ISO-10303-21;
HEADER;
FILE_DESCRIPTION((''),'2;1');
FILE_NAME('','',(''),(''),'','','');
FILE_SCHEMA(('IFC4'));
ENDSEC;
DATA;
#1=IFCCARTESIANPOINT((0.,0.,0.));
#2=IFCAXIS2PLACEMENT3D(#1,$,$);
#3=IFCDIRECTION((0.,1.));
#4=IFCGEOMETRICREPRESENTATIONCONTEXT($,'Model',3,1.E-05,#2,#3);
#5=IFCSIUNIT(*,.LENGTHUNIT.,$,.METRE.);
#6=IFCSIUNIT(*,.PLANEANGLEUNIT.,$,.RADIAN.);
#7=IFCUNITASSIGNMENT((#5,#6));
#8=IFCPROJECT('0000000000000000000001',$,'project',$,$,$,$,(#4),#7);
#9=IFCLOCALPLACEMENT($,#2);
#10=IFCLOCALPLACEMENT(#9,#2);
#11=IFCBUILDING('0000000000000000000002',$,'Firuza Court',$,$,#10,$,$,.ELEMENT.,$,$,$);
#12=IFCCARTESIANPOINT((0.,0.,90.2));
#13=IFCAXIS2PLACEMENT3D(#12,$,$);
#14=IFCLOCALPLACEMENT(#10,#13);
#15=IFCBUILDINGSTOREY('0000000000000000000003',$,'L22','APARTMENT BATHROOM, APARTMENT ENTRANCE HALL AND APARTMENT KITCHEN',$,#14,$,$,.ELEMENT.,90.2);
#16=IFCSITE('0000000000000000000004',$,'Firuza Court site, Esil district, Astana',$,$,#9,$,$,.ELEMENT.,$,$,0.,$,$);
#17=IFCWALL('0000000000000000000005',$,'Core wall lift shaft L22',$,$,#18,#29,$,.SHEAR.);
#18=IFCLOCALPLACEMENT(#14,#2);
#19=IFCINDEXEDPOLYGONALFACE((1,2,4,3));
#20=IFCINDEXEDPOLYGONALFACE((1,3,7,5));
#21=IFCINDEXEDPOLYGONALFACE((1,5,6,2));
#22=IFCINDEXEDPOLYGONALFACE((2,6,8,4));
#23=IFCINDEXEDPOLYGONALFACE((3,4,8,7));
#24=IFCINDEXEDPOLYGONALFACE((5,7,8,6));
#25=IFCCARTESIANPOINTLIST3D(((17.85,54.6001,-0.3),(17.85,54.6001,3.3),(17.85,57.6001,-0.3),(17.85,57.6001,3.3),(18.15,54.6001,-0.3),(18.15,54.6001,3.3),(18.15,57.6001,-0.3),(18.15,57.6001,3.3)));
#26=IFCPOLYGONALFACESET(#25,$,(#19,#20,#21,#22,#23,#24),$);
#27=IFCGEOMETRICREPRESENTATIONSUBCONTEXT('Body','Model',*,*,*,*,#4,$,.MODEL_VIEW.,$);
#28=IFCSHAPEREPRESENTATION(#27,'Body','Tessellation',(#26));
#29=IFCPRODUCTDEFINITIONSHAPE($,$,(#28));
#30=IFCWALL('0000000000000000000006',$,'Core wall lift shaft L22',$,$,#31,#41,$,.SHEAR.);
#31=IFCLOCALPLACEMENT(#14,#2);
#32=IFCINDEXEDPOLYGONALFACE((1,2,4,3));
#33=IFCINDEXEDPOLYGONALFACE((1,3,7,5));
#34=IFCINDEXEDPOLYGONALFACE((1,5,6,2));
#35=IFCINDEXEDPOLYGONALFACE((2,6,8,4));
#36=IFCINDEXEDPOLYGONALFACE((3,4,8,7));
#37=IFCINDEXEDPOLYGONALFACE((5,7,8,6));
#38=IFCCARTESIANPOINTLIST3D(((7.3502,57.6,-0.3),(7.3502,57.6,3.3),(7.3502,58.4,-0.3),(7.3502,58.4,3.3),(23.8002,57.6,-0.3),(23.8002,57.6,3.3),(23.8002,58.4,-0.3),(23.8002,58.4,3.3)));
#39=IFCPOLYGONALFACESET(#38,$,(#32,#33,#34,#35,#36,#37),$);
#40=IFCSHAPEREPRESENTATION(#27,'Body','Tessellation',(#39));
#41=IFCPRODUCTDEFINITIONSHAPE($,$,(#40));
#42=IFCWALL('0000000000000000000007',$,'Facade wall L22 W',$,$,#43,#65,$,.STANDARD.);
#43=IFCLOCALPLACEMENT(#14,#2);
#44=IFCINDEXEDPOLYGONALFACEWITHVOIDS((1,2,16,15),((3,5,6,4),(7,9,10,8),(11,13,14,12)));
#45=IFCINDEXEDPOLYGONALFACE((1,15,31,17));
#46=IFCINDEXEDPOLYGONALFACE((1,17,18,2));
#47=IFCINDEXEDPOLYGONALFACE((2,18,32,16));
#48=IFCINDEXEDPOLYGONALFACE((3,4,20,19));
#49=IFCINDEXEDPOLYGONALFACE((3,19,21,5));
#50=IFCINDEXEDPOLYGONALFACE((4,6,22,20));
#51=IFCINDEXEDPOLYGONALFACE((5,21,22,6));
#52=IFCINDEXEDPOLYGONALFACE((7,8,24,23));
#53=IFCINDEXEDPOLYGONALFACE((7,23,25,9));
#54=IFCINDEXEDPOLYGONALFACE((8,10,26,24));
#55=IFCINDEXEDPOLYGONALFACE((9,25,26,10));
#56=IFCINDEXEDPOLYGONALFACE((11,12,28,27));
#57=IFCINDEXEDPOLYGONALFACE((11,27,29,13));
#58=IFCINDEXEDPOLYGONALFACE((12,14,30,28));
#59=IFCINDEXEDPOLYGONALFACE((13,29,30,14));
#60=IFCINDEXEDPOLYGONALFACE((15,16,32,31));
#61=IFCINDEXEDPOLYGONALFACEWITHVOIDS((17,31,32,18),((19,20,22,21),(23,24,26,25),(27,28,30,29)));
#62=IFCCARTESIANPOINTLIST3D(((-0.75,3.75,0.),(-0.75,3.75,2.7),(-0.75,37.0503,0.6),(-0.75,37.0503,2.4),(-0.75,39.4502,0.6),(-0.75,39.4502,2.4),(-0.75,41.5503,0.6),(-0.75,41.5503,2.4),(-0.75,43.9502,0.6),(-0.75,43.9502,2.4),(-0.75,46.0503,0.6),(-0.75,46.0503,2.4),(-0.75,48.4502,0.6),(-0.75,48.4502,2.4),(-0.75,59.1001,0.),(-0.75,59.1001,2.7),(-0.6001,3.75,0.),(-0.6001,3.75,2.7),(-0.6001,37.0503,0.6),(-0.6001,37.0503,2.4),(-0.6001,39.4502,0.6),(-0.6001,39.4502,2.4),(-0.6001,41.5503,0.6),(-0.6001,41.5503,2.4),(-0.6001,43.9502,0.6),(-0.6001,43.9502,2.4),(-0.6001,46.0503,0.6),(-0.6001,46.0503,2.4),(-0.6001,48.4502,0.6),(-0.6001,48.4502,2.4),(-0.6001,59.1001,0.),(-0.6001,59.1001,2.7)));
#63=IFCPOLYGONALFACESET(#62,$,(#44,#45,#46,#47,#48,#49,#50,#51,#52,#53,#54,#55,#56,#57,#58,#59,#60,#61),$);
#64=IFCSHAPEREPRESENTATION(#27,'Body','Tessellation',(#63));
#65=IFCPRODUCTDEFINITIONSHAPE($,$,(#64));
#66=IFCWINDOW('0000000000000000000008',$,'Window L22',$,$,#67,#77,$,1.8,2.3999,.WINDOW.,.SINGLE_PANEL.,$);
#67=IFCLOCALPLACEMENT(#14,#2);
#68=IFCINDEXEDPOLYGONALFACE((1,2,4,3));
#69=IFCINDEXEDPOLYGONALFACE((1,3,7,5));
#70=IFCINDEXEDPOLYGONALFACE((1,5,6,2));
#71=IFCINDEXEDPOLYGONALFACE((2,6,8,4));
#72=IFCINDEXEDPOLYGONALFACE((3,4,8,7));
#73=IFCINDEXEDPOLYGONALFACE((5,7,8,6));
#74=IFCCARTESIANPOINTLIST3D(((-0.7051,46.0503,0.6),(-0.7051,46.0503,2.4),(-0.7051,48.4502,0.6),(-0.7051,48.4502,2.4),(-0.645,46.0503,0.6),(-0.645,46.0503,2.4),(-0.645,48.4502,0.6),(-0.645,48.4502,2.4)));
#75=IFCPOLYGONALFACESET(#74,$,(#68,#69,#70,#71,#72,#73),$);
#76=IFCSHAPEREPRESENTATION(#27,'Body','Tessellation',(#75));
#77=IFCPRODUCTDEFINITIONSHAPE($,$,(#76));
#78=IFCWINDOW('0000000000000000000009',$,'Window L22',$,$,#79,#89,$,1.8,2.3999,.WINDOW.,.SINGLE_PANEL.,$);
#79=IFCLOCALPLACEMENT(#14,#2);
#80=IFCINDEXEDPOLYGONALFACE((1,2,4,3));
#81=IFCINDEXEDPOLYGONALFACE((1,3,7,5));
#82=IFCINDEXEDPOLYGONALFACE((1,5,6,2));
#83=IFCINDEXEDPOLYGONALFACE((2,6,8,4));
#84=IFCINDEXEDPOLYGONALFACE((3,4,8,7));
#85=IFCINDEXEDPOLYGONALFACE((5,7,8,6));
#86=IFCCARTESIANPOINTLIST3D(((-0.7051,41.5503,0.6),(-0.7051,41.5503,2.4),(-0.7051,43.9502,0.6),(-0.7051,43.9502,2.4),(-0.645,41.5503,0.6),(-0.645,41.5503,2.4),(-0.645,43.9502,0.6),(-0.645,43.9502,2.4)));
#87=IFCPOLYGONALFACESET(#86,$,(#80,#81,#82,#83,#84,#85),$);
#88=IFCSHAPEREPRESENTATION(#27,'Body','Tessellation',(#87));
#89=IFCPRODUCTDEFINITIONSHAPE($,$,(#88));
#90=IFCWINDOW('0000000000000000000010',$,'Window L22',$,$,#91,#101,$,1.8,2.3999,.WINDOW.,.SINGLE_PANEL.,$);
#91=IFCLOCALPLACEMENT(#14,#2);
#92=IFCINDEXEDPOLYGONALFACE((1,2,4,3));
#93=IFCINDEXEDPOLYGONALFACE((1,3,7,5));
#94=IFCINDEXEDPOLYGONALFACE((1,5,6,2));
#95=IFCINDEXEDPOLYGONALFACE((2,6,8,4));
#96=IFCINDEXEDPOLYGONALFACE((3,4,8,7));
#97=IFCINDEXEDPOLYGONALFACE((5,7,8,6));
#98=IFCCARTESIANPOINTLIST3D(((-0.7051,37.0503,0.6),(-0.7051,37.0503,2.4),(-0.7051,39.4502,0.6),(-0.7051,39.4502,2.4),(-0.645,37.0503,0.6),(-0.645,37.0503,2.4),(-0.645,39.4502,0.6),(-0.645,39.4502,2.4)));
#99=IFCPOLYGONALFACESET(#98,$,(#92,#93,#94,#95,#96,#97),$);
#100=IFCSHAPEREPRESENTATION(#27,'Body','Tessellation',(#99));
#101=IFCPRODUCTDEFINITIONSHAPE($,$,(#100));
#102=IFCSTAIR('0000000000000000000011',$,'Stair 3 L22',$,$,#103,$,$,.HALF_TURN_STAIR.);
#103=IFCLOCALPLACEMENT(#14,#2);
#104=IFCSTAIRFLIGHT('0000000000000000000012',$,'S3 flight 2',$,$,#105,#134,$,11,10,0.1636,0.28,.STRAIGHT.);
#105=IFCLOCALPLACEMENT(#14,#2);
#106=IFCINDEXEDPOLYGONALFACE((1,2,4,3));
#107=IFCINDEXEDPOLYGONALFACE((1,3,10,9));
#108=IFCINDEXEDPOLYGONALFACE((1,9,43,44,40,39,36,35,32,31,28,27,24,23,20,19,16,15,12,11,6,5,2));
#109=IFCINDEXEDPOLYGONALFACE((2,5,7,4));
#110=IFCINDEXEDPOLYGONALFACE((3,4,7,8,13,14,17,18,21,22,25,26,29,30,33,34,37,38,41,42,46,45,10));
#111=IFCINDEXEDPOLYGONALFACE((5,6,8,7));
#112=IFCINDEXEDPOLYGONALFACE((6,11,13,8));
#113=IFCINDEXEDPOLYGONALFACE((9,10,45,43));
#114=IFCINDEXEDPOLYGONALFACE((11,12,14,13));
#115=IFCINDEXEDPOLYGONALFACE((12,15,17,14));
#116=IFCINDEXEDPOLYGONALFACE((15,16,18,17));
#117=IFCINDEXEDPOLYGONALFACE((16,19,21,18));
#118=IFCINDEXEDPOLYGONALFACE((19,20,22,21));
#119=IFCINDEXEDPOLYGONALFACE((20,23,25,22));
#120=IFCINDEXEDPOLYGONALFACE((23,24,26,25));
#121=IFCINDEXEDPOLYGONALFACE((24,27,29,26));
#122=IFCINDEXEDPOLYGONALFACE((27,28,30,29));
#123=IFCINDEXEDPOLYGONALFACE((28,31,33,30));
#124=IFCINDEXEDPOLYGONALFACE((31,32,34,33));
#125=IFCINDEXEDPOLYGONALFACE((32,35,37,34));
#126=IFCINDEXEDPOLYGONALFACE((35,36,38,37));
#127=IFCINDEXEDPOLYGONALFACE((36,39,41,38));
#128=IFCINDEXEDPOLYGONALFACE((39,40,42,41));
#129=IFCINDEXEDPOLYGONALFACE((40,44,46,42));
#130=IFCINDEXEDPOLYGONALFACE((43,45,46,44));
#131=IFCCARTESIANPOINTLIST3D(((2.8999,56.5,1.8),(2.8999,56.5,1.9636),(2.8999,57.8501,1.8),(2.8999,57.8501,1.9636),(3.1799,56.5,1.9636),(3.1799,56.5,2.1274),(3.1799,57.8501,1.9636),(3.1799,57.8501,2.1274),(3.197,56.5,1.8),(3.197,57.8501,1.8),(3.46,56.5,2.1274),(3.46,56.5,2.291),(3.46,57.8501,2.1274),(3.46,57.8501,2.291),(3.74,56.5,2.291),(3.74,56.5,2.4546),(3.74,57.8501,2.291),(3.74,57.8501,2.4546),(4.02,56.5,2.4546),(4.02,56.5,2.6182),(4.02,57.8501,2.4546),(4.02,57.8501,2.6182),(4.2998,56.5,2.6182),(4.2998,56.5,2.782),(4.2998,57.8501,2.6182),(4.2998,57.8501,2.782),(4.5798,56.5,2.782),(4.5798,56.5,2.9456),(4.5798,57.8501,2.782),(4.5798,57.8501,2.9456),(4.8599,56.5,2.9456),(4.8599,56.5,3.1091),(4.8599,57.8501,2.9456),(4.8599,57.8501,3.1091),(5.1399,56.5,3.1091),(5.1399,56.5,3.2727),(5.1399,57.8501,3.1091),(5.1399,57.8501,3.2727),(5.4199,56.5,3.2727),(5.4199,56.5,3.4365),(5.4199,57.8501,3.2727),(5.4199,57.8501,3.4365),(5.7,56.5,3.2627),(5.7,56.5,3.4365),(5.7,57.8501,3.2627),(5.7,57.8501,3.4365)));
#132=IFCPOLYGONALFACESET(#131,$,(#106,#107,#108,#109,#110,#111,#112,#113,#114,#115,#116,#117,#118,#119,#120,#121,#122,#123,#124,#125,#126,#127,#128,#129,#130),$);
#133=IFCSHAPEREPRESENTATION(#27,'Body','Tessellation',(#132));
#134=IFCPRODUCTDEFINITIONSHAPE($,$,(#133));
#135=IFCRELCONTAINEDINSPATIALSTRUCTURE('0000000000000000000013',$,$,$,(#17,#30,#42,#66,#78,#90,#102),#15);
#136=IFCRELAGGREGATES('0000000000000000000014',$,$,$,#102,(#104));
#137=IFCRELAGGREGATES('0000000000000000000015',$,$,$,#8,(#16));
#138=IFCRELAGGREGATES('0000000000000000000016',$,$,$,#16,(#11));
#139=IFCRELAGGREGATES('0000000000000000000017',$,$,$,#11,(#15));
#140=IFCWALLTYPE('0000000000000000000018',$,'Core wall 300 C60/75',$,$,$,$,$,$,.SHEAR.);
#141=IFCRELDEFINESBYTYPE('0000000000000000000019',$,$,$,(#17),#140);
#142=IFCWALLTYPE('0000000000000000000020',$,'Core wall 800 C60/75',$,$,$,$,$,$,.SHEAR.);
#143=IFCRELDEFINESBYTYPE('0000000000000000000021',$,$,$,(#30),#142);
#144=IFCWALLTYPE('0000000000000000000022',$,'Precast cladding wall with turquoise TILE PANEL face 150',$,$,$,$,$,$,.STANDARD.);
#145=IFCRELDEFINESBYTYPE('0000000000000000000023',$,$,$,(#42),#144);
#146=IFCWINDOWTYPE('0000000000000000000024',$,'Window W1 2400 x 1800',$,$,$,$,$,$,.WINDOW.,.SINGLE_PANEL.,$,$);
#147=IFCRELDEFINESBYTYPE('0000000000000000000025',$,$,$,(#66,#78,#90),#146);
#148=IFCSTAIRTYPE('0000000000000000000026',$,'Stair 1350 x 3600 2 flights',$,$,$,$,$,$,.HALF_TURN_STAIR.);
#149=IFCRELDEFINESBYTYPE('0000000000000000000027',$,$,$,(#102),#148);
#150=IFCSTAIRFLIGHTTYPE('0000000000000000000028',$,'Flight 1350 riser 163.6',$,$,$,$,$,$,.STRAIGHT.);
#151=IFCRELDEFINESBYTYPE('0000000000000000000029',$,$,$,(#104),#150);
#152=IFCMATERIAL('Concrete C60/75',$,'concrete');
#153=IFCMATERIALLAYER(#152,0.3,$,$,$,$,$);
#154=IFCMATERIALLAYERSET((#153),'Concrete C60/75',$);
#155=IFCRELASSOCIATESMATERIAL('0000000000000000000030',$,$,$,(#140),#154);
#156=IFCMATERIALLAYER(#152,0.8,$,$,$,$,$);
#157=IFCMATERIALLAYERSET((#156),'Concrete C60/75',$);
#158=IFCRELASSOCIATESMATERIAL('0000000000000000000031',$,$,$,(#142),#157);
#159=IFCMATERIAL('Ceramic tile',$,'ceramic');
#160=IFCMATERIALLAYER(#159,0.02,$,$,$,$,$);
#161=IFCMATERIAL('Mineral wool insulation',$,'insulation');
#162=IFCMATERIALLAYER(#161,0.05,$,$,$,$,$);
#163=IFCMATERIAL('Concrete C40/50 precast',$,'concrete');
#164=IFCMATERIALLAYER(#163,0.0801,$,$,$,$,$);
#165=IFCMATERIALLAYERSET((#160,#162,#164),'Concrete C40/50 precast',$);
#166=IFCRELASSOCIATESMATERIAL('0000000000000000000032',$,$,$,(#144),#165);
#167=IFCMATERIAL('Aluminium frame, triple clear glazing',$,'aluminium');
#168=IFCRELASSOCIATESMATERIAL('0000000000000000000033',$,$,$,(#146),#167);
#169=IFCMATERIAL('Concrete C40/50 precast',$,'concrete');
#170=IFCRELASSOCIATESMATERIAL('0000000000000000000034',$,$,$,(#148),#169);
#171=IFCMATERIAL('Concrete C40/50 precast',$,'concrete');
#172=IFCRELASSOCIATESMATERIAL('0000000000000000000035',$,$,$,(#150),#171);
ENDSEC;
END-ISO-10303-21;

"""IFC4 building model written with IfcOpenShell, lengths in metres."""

from ifc_helpers import new_model, si_unit, direction, frame, frame_2d, origin, place, context, subcontext, project, spatial, polyline, rectangle, outline, extrude, material, layer, layer_set, type_object, element, fill, aggregate, save


model = new_model("IFC4")

# Units and contexts
model_context = context("Model", 3, precision=1e-05, world=origin(), true_north=direction((0.0, 1.0)))
body_context = subcontext(model_context, "Body", "Model", "MODEL_VIEW")
ifc_project = project(units=[si_unit("LENGTHUNIT", "METRE"), si_unit("PLANEANGLEUNIT", "RADIAN")], contexts=[model_context])

# Site, building, storey
site_placement = place(None, origin())
site = spatial("IfcSite", under=ifc_project, at=site_placement, Name="Firuza Court site, Esil district, Astana", CompositionType="ELEMENT", RefElevation=0.0)
building_placement = place(site_placement, origin())
building = spatial("IfcBuilding", under=site, at=building_placement, Name="Firuza Court", CompositionType="ELEMENT")
storey_placement = place(building_placement, frame((0.0, 0.0, 90.2)))
storey = spatial("IfcBuildingStorey", under=building, at=storey_placement, Name="L22", Description="APARTMENT BATHROOM, APARTMENT ENTRANCE HALL AND APARTMENT KITCHEN", CompositionType="ELEMENT", Elevation=90.2)

# Walls
ifc_material_1 = material(Name="Concrete C60/75", Category="concrete")
ifc_layer_1 = layer(ifc_material_1, 0.3)
ifc_layer_set_1 = layer_set([ifc_layer_1], Name="Concrete C60/75")
wall_type_1 = type_object("IfcWallType", Name="Core wall 300 C60/75", PredefinedType="SHEAR", material=ifc_layer_set_1)
for number, where, z_axis, x_axis, name in (
    (1, (18.0, 54.6001, -0.3), (0.0, 0.0, 1.0), (0.0, 1.0, 0.0), "Core wall lift shaft L22"),
):
    element("IfcWall", number, at=place(storey_placement, frame(where, z_axis=z_axis, x_axis=x_axis)), inside=storey, type_object=wall_type_1, Name=name, PredefinedType="SHEAR", context=body_context, shape_type="SweptSolid", body=[
        extrude(rectangle(XDim=3.0, YDim=0.3, at=frame_2d((1.5, 0.0))), origin(), (0.0, 0.0, 1.0), 3.6001),
    ])
ifc_layer_2 = layer(ifc_material_1, 0.8)
ifc_layer_set_2 = layer_set([ifc_layer_2], Name="Concrete C60/75")
wall_type_2 = type_object("IfcWallType", Name="Core wall 800 C60/75", PredefinedType="SHEAR", material=ifc_layer_set_2)
wall_1_placement = place(storey_placement, frame((7.3501, 58.0, -0.3), z_axis=(0.0, 0.0, 1.0), x_axis=(1.0, 0.0, 0.0)))
element("IfcWall", 2, at=wall_1_placement, inside=storey, type_object=wall_type_2, Name="Core wall lift shaft L22", PredefinedType="SHEAR", context=body_context, shape_type="SweptSolid", body=[
    extrude(rectangle(XDim=16.45, YDim=0.8, at=frame_2d((8.2251, 0.0))), origin(), (0.0, 0.0, 1.0), 3.6001),
])

# Wall, openings, windows
ifc_material_2 = material(Name="Ceramic tile", Category="ceramic")
ifc_layer_3 = layer(ifc_material_2, 0.02)
ifc_material_3 = material(Name="Mineral wool insulation", Category="insulation")
ifc_layer_4 = layer(ifc_material_3, 0.05)
ifc_material_4 = material(Name="Concrete C40/50 precast", Category="concrete")
ifc_layer_5 = layer(ifc_material_4, 0.0801)
ifc_layer_set_3 = layer_set([ifc_layer_3, ifc_layer_4, ifc_layer_5], Name="Concrete C40/50 precast")
wall_type_3 = type_object("IfcWallType", Name="Precast cladding wall with turquoise TILE PANEL face 150", PredefinedType="STANDARD", material=ifc_layer_set_3)
wall_2_placement = place(storey_placement, frame((-0.675, 59.1001, 0.0), z_axis=(0.0, 0.0, 1.0), x_axis=(0.0, -1.0, 0.0)))
wall_2 = element("IfcWall", 3, at=wall_2_placement, inside=storey, type_object=wall_type_3, Name="Facade wall L22 W", PredefinedType="STANDARD", context=body_context, shape_type="SweptSolid", body=[
    extrude(rectangle(XDim=55.3501, YDim=0.1499, at=frame_2d((27.675, 0.0))), origin(), (0.0, 0.0, 1.0), 2.7),
])
opening_1_placement = place(wall_2_placement, frame((10.6499, 0.0, 0.6001)))
opening_1 = element("IfcOpeningElement", 4, at=opening_1_placement, cuts=wall_2, PredefinedType="OPENING", context=body_context, shape_type="SweptSolid", body=[
    extrude(rectangle(XDim=2.3999, YDim=1.8, at=frame_2d((1.2, 0.8999))), frame((0.0, 0.0869, 0.0), z_axis=(0.0, -1.0, 0.0), x_axis=(1.0, 0.0, 0.0)), (0.0, 0.0, 1.0), 0.1738),
])
opening_2_placement = place(wall_2_placement, frame((15.1499, 0.0, 0.6001)))
opening_2 = element("IfcOpeningElement", 5, at=opening_2_placement, cuts=wall_2, PredefinedType="OPENING", context=body_context, shape_type="SweptSolid", body=[
    extrude(rectangle(XDim=2.3999, YDim=1.8, at=frame_2d((1.2, 0.8999))), frame((0.0, 0.0869, 0.0), z_axis=(0.0, -1.0, 0.0), x_axis=(1.0, 0.0, 0.0)), (0.0, 0.0, 1.0), 0.1738),
])
opening_3_placement = place(wall_2_placement, frame((19.6499, 0.0, 0.6001)))
opening_3 = element("IfcOpeningElement", 6, at=opening_3_placement, cuts=wall_2, PredefinedType="OPENING", context=body_context, shape_type="SweptSolid", body=[
    extrude(rectangle(XDim=2.3999, YDim=1.8, at=frame_2d((1.2, 0.8999))), frame((0.0, 0.0869, 0.0), z_axis=(0.0, -1.0, 0.0), x_axis=(1.0, 0.0, 0.0)), (0.0, 0.0, 1.0), 0.1738),
])
ifc_material_5 = material(Name="Aluminium frame, triple clear glazing", Category="aluminium")
window_type = type_object("IfcWindowType", Name="Window W1 2400 x 1800", PartitioningType="SINGLE_PANEL", PredefinedType="WINDOW", material=ifc_material_5)
window_1_placement = place(opening_1_placement, origin())
window_1 = element("IfcWindow", 7, at=window_1_placement, inside=storey, type_object=window_type, Name="Window L22", OverallHeight=1.8, OverallWidth=2.3999, PartitioningType="SINGLE_PANEL", PredefinedType="WINDOW", context=body_context, shape_type="SweptSolid", body=[
    extrude(rectangle(XDim=2.3999, YDim=1.8, at=frame_2d((1.2, 0.8999))), frame((0.0, 0.03, 0.0), z_axis=(0.0, -1.0, 0.0), x_axis=(1.0, 0.0, 0.0)), (0.0, 0.0, 1.0), 0.0601),
])
fill(opening_1, window_1)
window_2_placement = place(opening_2_placement, origin())
window_2 = element("IfcWindow", 8, at=window_2_placement, inside=storey, type_object=window_type, Name="Window L22", OverallHeight=1.8, OverallWidth=2.3999, PartitioningType="SINGLE_PANEL", PredefinedType="WINDOW", context=body_context, shape_type="SweptSolid", body=[
    extrude(rectangle(XDim=2.3999, YDim=1.8, at=frame_2d((1.2, 0.8999))), frame((0.0, 0.03, 0.0), z_axis=(0.0, -1.0, 0.0), x_axis=(1.0, 0.0, 0.0)), (0.0, 0.0, 1.0), 0.0601),
])
fill(opening_2, window_2)
window_3_placement = place(opening_3_placement, origin())
window_3 = element("IfcWindow", 9, at=window_3_placement, inside=storey, type_object=window_type, Name="Window L22", OverallHeight=1.8, OverallWidth=2.3999, PartitioningType="SINGLE_PANEL", PredefinedType="WINDOW", context=body_context, shape_type="SweptSolid", body=[
    extrude(rectangle(XDim=2.3999, YDim=1.8, at=frame_2d((1.2, 0.8999))), frame((0.0, 0.03, 0.0), z_axis=(0.0, -1.0, 0.0), x_axis=(1.0, 0.0, 0.0)), (0.0, 0.0, 1.0), 0.0601),
])
fill(opening_3, window_3)

# Stair, stair flight
ifc_material_6 = material(Name="Concrete C40/50 precast", Category="concrete")
stair_type = type_object("IfcStairType", Name="Stair 1350 x 3600 2 flights", PredefinedType="HALF_TURN_STAIR", material=ifc_material_6)
stair_placement = place(storey_placement, origin())
stair = element("IfcStair", 10, at=stair_placement, inside=storey, type_object=stair_type, Name="Stair 3 L22", PredefinedType="HALF_TURN_STAIR")
ifc_material_7 = material(Name="Concrete C40/50 precast", Category="concrete")
stair_flight_type = type_object("IfcStairFlightType", Name="Flight 1350 riser 163.6", PredefinedType="STRAIGHT", material=ifc_material_7)
stair_flight_placement = place(storey_placement, frame((2.8999, 57.175, 1.8), z_axis=(0.0, 0.0, 1.0), x_axis=(1.0, 0.0, 0.0)))
stair_flight = element("IfcStairFlight", 11, at=stair_flight_placement, type_object=stair_flight_type, Name="S3 flight 2", NumberOfRisers=11, NumberOfTreads=10, PredefinedType="STRAIGHT", RiserHeight=0.1636, TreadLength=0.28, context=body_context, shape_type="SweptSolid", body=[
    extrude(outline(polyline([(0.0, 0.0), (0.0, 0.1636), (0.28, 0.1636), (0.28, 0.3274), (0.5601, 0.3274), (0.5601, 0.491), (0.8401, 0.491), (0.8401, 0.6545), (1.1201, 0.6545), (1.1201, 0.8181), (1.3999, 0.8181), (1.3999, 0.9819), (1.6799, 0.9819), (1.6799, 1.1455), (1.96, 1.1455), (1.96, 1.3091), (2.24, 1.3091), (2.24, 1.4727), (2.52, 1.4727), (2.52, 1.6365), (2.8, 1.6365), (2.8, 1.8), (2.8, 1.4626), (0.2971, 0.0), (0.0, 0.0)])), frame((0.0, 0.675, 0.0), z_axis=(0.0, -1.0, 0.0), x_axis=(1.0, 0.0, 0.0)), (0.0, 0.0, 1.0), 1.3501),
])
aggregate(stair, [stair_flight])

save(model, "model.ifc")
